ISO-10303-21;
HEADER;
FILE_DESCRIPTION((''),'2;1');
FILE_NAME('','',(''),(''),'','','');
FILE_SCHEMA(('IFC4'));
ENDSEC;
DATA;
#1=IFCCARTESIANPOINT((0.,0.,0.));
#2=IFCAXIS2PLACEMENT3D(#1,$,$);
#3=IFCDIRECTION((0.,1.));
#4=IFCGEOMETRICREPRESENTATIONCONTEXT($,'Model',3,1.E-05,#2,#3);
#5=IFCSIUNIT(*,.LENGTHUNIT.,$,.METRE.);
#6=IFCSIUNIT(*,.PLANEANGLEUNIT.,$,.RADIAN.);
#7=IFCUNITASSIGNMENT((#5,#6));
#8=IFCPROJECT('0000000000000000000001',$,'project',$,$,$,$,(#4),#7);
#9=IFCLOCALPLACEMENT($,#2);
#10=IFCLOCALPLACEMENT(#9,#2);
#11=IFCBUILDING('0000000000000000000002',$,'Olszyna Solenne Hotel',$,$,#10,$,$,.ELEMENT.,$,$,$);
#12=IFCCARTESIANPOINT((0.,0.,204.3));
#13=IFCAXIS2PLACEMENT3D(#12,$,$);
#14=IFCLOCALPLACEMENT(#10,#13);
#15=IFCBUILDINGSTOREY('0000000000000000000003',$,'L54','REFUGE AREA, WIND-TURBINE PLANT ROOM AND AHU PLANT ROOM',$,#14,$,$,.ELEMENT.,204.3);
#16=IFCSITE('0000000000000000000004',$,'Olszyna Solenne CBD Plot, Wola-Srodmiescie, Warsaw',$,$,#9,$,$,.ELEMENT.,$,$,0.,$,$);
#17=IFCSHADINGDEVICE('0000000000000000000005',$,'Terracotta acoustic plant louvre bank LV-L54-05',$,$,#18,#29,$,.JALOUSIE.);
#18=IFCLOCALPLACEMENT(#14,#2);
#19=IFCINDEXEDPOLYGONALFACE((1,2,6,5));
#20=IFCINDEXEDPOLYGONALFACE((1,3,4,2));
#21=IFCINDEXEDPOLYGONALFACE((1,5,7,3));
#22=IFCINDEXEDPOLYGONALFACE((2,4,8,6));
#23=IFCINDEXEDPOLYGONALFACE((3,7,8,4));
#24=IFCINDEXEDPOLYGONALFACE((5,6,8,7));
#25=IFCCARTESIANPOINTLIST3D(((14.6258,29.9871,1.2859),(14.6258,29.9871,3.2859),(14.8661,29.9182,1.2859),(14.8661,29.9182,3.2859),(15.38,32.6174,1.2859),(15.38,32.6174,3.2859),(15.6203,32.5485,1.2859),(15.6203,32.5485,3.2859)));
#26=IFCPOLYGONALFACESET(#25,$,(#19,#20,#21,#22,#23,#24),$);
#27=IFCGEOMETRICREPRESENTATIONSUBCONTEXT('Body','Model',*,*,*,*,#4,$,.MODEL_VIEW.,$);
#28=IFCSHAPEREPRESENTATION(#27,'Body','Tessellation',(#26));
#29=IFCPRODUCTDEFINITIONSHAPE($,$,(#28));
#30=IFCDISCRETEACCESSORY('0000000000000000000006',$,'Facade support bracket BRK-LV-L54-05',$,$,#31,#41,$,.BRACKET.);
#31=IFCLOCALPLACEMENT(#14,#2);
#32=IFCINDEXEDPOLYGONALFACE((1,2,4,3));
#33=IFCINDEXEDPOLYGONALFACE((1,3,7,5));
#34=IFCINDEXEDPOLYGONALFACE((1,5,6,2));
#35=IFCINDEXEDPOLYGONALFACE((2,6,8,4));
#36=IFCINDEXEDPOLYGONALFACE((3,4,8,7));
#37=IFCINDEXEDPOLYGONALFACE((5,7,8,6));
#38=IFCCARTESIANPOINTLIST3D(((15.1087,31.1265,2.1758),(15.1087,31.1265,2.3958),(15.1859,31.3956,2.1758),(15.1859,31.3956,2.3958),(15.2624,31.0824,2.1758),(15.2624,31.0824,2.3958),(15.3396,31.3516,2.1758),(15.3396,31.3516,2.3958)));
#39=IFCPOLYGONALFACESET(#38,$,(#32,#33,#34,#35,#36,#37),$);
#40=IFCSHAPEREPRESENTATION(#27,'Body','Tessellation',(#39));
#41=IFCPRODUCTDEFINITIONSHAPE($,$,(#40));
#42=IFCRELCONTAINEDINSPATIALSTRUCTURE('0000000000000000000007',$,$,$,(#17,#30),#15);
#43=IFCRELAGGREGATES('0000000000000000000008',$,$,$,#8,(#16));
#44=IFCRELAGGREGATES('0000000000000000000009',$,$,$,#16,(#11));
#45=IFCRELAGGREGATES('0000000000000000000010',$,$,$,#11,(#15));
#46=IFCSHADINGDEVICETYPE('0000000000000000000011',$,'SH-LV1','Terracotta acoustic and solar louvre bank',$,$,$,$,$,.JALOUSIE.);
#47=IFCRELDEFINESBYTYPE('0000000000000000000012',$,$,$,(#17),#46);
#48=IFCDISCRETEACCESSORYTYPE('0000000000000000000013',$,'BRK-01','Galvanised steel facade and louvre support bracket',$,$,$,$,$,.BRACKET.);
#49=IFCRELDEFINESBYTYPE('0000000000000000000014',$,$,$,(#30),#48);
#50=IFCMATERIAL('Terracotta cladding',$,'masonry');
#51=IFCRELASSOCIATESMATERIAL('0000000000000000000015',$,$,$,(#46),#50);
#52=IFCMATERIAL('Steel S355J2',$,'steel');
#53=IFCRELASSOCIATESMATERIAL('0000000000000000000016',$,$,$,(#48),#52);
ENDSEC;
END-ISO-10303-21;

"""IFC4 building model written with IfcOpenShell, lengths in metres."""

from ifc_helpers import new_model, si_unit, direction, frame, origin, origin_2d, place, context, subcontext, project, spatial, rectangle, extrude, source, transform, mapped, material, type_object, element, save


model = new_model("IFC4")

# Units and contexts
model_context = context("Model", 3, precision=1e-05, world=origin(), true_north=direction((0.0, 1.0)))
body_context = subcontext(model_context, "Body", "Model", "MODEL_VIEW")
ifc_project = project(units=[si_unit("LENGTHUNIT", "METRE"), si_unit("PLANEANGLEUNIT", "RADIAN")], contexts=[model_context])

# Site, building, storey
site_placement = place(None, origin())
site = spatial("IfcSite", under=ifc_project, at=site_placement, Name="Olszyna Solenne CBD Plot, Wola-Srodmiescie, Warsaw", CompositionType="ELEMENT", RefElevation=0.0)
building_placement = place(site_placement, origin())
building = spatial("IfcBuilding", under=site, at=building_placement, Name="Olszyna Solenne Hotel", CompositionType="ELEMENT")
storey_placement = place(building_placement, frame((0.0, 0.0, 204.3)))
storey = spatial("IfcBuildingStorey", under=building, at=storey_placement, Name="L54", Description="REFUGE AREA, WIND-TURBINE PLANT ROOM AND AHU PLANT ROOM", CompositionType="ELEMENT", Elevation=204.3)

# Shared definitions
ifc_material_1 = material(Name="Steel S355J2", Category="steel")

# Shading device
ifc_material_2 = material(Name="Terracotta cladding", Category="masonry")
shading_device_type = type_object("IfcShadingDeviceType", Name="SH-LV1", Description="Terracotta acoustic and solar louvre bank", PredefinedType="JALOUSIE", material=ifc_material_2)
shared_shape_1 = source(origin(), body_context, "Body", "SweptSolid", [
    extrude(rectangle(XDim=2.7363, YDim=0.25, at=origin_2d()), origin(), (0.0, 0.0, 1.0), 2.0),
])
shading_device_placement = place(storey_placement, frame((15.123, 31.2678, 1.2859), z_axis=(0.0, 0.0, 1.0), x_axis=(0.275637, 0.961262, 0.0)))
element("IfcShadingDevice", 1, at=shading_device_placement, inside=storey, type_object=shading_device_type, Name="Terracotta acoustic plant louvre bank LV-L54-05", PredefinedType="JALOUSIE", context=body_context, shape_type="MappedRepresentation", body=[
    mapped(shared_shape_1, transform((0.0, 0.0, 0.0), x_axis=(1.0, 0.0, 0.0), y_axis=(0.0, 1.0, 0.0), z_axis=(0.0, 0.0, 1.0), scale=1.0)),
])

# Discrete accessory
discrete_accessory_type = type_object("IfcDiscreteAccessoryType", Name="BRK-01", Description="Galvanised steel facade and louvre support bracket", PredefinedType="BRACKET", material=ifc_material_1)
shared_shape_2 = source(origin(), body_context, "Body", "SweptSolid", [
    extrude(rectangle(XDim=0.28, YDim=0.1599, at=origin_2d()), origin(), (0.0, 0.0, 1.0), 0.22),
])
discrete_accessory_placement = place(storey_placement, frame((15.2241, 31.239, 2.1758), z_axis=(0.0, 0.0, 1.0), x_axis=(0.275637, 0.961262, 0.0)))
element("IfcDiscreteAccessory", 2, at=discrete_accessory_placement, inside=storey, type_object=discrete_accessory_type, Name="Facade support bracket BRK-LV-L54-05", PredefinedType="BRACKET", context=body_context, shape_type="MappedRepresentation", body=[
    mapped(shared_shape_2, transform((0.0, 0.0, 0.0), x_axis=(1.0, 0.0, 0.0), y_axis=(0.0, 1.0, 0.0), z_axis=(0.0, 0.0, 1.0), scale=1.0)),
])

save(model, "model.ifc")
